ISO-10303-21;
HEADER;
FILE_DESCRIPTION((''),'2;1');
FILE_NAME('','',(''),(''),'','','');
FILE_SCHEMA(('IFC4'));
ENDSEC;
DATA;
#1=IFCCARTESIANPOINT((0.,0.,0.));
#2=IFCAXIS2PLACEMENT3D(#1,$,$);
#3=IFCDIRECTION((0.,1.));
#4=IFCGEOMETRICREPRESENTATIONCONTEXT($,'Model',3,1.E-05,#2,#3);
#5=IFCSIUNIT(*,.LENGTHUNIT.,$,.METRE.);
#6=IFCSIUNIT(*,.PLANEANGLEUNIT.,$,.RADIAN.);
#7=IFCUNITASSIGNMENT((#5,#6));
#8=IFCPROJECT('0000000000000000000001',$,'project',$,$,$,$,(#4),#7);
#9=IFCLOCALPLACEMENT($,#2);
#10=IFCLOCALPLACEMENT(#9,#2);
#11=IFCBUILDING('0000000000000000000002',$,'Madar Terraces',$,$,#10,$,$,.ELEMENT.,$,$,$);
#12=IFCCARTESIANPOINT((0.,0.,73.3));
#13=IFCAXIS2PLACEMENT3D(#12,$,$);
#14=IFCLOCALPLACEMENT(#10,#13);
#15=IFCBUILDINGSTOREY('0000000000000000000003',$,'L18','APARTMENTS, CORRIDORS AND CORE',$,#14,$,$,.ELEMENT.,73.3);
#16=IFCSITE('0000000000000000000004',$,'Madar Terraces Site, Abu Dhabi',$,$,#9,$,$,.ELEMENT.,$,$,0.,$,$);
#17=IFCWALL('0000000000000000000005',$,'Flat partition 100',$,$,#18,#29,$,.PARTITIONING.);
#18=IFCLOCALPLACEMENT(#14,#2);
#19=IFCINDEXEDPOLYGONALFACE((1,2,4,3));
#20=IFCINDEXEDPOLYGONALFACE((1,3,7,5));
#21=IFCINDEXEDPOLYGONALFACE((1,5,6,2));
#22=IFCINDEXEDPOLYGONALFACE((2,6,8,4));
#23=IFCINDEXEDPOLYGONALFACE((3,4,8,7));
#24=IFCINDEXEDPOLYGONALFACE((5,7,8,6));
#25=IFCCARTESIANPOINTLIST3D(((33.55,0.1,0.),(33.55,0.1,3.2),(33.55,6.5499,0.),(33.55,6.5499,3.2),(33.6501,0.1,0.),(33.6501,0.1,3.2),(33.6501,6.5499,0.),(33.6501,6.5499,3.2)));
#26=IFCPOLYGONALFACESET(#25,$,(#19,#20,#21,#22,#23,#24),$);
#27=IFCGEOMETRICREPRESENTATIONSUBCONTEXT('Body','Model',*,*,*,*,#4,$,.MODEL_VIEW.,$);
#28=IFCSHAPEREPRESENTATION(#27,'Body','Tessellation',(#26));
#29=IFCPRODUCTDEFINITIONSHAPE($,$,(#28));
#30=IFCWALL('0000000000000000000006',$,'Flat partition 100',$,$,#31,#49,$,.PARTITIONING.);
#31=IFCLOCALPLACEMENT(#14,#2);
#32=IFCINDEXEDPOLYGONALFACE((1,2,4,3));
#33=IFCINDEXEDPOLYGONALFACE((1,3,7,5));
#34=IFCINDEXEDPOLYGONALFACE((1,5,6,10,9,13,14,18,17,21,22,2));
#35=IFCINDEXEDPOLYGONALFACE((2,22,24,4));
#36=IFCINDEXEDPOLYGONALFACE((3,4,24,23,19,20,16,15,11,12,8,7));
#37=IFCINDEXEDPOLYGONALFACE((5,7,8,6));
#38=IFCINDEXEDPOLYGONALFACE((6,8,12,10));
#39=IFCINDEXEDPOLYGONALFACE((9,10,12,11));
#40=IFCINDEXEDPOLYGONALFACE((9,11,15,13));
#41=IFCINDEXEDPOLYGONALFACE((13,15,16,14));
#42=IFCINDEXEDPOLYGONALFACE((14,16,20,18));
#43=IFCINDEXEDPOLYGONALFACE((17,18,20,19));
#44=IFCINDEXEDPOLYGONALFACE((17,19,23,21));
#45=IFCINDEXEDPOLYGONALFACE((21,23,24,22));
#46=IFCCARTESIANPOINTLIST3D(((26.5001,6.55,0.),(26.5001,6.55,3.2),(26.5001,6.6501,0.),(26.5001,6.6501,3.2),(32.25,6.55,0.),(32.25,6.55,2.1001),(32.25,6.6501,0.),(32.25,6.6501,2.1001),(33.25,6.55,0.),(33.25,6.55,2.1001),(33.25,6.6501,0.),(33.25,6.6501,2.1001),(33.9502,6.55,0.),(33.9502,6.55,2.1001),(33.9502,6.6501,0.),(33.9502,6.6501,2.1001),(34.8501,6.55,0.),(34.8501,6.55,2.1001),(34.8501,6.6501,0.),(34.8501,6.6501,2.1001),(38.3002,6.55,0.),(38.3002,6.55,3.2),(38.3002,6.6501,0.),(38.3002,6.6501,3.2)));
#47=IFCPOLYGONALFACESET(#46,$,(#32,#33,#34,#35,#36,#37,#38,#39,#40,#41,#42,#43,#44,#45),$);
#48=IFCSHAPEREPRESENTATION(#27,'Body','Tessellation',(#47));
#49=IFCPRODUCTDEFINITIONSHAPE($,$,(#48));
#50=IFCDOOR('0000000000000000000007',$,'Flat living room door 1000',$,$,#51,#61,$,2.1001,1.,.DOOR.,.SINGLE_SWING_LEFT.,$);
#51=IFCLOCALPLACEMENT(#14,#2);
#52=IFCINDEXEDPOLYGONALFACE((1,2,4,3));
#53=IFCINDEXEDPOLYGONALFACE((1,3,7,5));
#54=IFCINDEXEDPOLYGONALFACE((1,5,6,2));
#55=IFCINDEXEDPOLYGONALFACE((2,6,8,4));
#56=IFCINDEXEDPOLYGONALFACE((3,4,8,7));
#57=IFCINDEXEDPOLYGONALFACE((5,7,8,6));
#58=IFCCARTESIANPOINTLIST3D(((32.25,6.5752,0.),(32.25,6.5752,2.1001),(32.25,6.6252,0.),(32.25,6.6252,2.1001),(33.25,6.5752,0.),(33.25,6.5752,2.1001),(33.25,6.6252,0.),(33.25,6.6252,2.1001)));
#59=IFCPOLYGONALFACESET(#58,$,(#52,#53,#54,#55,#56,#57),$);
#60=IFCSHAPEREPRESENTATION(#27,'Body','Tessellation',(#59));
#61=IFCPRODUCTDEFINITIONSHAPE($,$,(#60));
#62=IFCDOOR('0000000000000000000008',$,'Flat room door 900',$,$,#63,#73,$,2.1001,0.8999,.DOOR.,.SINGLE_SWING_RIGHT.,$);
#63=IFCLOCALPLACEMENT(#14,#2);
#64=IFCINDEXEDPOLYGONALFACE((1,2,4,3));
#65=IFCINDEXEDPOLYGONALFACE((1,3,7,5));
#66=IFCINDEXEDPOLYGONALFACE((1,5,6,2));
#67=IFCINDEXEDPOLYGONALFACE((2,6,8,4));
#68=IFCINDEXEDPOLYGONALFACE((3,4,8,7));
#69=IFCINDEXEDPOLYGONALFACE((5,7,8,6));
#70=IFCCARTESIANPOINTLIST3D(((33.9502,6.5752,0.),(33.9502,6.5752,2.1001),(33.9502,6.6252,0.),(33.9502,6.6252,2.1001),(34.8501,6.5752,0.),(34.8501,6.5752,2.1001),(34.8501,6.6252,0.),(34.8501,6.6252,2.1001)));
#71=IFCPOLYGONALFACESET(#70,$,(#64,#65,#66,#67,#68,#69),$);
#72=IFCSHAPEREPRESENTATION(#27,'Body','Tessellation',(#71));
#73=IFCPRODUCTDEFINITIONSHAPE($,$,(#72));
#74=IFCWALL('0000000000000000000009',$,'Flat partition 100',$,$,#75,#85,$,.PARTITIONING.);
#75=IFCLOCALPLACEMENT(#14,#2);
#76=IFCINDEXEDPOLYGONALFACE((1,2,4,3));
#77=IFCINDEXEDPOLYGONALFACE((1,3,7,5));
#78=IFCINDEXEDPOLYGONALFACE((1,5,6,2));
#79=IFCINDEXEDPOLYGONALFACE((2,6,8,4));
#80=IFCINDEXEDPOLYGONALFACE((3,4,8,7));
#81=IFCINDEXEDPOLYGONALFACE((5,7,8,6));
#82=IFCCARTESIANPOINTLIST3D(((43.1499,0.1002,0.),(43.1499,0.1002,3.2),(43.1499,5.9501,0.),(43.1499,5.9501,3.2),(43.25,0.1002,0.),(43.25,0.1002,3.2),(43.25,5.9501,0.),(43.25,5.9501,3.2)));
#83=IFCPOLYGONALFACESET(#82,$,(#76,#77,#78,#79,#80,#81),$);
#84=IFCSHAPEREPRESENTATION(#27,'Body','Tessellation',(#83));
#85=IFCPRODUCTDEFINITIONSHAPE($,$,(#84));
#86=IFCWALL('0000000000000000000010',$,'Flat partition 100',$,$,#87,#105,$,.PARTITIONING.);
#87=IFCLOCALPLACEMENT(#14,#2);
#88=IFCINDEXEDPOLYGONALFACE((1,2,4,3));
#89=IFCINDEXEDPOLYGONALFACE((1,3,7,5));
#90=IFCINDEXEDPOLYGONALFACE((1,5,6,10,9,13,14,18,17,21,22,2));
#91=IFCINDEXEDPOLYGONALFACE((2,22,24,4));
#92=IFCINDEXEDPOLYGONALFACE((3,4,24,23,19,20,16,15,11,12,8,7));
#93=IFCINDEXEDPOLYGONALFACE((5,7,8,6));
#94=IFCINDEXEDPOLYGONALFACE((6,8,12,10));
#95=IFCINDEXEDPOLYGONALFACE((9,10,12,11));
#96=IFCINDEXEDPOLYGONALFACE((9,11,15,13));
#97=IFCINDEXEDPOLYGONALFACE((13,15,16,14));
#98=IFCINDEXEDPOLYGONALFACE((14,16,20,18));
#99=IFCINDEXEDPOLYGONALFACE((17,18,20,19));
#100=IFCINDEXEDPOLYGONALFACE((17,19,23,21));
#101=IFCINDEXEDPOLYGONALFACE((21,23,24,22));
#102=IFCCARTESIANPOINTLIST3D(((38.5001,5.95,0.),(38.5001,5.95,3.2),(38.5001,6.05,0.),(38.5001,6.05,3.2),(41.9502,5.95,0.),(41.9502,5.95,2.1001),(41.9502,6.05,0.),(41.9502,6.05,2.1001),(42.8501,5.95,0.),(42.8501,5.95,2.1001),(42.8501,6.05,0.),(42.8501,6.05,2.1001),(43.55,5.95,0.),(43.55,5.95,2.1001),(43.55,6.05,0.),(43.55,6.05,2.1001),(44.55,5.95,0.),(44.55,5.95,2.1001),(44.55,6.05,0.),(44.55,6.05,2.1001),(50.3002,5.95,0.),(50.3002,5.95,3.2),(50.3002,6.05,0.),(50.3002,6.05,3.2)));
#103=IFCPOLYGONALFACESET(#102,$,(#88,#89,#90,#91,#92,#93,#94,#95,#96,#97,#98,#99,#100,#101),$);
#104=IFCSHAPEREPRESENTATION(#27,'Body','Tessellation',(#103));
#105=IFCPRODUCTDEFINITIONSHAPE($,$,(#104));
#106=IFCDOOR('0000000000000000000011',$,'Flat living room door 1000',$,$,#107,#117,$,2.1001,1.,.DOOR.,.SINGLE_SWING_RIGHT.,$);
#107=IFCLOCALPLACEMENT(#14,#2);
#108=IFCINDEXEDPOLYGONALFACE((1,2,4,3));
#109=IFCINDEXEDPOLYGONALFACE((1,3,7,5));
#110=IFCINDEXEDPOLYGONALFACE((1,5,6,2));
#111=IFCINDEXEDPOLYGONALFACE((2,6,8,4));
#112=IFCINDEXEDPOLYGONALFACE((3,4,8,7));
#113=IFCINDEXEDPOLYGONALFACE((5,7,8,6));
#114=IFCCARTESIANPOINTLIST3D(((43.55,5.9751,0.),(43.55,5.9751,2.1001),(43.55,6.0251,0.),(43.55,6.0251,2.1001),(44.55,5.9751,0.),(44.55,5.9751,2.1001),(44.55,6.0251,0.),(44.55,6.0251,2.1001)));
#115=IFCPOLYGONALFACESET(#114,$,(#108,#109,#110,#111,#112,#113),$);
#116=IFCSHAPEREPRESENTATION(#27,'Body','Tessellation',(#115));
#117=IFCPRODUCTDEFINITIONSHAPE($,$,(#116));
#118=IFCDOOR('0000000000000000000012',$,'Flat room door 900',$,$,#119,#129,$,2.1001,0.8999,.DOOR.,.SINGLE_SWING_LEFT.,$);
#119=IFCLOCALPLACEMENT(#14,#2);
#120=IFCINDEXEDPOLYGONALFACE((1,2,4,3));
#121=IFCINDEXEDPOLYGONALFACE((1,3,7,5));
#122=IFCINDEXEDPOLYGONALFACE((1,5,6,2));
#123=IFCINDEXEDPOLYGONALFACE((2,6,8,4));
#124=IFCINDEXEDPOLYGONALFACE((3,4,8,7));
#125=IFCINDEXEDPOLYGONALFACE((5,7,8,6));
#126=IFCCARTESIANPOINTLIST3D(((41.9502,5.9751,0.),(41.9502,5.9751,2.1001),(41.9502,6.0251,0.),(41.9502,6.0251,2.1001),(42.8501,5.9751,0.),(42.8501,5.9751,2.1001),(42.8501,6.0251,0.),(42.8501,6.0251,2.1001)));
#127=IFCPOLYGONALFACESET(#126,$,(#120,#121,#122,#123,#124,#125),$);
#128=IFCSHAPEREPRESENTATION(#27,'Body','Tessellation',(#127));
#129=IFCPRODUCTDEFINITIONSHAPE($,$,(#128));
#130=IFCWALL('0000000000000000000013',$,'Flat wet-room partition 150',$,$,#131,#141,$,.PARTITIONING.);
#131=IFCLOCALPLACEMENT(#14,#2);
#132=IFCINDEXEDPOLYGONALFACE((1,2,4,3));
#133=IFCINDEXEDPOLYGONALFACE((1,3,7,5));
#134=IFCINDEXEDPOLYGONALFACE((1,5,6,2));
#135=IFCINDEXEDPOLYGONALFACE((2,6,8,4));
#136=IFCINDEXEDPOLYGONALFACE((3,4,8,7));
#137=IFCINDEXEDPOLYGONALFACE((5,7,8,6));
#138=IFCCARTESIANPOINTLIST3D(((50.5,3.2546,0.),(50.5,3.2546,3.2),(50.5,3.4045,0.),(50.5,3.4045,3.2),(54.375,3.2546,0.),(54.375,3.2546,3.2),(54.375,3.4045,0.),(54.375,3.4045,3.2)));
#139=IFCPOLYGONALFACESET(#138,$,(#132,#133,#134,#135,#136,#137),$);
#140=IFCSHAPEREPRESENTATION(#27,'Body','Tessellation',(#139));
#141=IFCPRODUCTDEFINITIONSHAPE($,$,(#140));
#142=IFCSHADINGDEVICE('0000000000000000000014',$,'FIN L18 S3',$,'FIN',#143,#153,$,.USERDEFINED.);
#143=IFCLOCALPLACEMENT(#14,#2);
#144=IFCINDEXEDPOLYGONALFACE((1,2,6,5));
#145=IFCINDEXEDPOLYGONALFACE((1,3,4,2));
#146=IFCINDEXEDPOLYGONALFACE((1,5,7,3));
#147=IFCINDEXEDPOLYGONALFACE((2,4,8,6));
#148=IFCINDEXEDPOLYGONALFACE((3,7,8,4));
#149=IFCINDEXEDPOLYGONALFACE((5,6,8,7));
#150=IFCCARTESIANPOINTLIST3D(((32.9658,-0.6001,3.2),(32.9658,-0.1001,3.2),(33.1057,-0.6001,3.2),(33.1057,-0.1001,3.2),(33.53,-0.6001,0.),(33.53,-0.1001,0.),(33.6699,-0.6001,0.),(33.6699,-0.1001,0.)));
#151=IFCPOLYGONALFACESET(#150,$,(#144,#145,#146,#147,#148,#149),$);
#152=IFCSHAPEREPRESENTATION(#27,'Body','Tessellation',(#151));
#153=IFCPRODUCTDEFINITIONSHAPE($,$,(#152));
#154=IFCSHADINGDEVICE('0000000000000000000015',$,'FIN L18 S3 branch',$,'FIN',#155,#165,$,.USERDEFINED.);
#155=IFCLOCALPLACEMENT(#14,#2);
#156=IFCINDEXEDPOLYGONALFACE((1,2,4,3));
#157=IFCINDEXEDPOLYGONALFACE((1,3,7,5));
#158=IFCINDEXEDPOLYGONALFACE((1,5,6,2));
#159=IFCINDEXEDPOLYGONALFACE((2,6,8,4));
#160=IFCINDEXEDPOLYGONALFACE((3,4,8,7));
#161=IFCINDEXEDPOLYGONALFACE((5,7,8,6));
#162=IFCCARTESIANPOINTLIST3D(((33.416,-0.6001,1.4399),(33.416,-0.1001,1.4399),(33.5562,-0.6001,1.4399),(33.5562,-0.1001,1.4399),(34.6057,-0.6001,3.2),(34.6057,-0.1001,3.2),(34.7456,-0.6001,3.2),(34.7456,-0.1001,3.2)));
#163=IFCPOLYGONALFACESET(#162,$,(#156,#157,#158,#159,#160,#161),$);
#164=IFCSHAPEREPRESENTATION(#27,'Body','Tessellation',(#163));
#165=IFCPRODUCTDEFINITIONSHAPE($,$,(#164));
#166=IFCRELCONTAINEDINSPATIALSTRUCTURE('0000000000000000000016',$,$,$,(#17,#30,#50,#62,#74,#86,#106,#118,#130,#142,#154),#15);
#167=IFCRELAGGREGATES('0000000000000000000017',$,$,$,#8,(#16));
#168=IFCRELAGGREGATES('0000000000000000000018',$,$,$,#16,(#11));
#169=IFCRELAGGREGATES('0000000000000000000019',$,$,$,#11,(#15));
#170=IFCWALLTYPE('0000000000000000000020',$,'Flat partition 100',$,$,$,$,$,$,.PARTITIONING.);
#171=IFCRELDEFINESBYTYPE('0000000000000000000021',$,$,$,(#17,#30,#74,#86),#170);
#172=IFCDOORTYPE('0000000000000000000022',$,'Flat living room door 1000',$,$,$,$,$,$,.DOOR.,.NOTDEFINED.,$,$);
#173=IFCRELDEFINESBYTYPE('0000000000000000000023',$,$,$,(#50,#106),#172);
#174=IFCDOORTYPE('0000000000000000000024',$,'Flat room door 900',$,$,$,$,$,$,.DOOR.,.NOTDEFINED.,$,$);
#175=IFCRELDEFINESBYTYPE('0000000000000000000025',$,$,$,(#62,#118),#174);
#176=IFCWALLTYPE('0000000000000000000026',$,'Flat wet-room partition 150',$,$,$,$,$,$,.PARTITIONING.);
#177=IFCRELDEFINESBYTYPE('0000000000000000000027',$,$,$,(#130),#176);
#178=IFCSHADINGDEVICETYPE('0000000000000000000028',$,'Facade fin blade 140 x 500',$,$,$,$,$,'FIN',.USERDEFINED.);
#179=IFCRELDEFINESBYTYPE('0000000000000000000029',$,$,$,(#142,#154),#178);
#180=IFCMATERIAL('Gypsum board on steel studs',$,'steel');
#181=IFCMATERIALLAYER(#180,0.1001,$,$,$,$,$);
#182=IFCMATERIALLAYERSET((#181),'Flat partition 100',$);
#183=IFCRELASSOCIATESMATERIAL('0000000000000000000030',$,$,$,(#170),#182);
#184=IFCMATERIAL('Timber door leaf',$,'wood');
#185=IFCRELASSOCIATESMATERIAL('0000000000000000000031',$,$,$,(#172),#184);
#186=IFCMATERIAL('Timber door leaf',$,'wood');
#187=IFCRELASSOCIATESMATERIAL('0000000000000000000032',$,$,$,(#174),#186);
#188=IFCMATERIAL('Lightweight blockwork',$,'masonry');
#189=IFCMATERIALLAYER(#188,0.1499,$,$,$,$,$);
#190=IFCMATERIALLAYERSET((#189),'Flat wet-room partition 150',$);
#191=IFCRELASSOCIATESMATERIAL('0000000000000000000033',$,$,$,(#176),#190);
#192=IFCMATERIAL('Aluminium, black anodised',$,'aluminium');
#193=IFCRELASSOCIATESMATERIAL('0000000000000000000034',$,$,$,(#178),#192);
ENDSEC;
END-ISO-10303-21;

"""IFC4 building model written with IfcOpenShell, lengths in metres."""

from ifc_helpers import new_model, si_unit, direction, frame, frame_2d, origin, place, context, subcontext, project, spatial, polyline, rectangle, outline, extrude, material, layer, layer_set, type_object, element, fill, save


model = new_model("IFC4")

# Units and contexts
model_context = context("Model", 3, precision=1e-05, world=origin(), true_north=direction((0.0, 1.0)))
body_context = subcontext(model_context, "Body", "Model", "MODEL_VIEW")
ifc_project = project(units=[si_unit("LENGTHUNIT", "METRE"), si_unit("PLANEANGLEUNIT", "RADIAN")], contexts=[model_context])

# Site, building, storey
site_placement = place(None, origin())
site = spatial("IfcSite", under=ifc_project, at=site_placement, Name="Madar Terraces Site, Abu Dhabi", CompositionType="ELEMENT", RefElevation=0.0)
building_placement = place(site_placement, origin())
building = spatial("IfcBuilding", under=site, at=building_placement, Name="Madar Terraces", CompositionType="ELEMENT")
storey_placement = place(building_placement, frame((0.0, 0.0, 73.3)))
storey = spatial("IfcBuildingStorey", under=building, at=storey_placement, Name="L18", Description="APARTMENTS, CORRIDORS AND CORE", CompositionType="ELEMENT", Elevation=73.3)

# Wall
ifc_material_1 = material(Name="Gypsum board on steel studs", Category="steel")
ifc_layer_1 = layer(ifc_material_1, 0.1001)
ifc_layer_set_1 = layer_set([ifc_layer_1], Name="Flat partition 100")
wall_type_1 = type_object("IfcWallType", Name="Flat partition 100", PredefinedType="PARTITIONING", material=ifc_layer_set_1)
wall_1_placement = place(storey_placement, frame((33.6001, 6.55, 0.0), z_axis=(0.0, 0.0, 1.0), x_axis=(0.0, -1.0, 0.0)))
element("IfcWall", 1, at=wall_1_placement, inside=storey, type_object=wall_type_1, Name="Flat partition 100", PredefinedType="PARTITIONING", context=body_context, shape_type="SweptSolid", body=[
    extrude(rectangle(XDim=6.45, YDim=0.1001, at=frame_2d((3.2251, 0.0))), origin(), (0.0, 0.0, 1.0), 3.2),
])

# Wall, openings, doors
wall_2_placement = place(storey_placement, frame((38.3, 6.6001, 0.0), z_axis=(0.0, 0.0, 1.0), x_axis=(-1.0, 0.0, 0.0)))
wall_2 = element("IfcWall", 2, at=wall_2_placement, inside=storey, type_object=wall_type_1, Name="Flat partition 100", PredefinedType="PARTITIONING", context=body_context, shape_type="SweptSolid", body=[
    extrude(rectangle(XDim=11.8, YDim=0.1001, at=frame_2d((5.8999, 0.0))), origin(), (0.0, 0.0, 1.0), 3.2),
])
opening_1_placement = place(wall_2_placement, frame((5.05, 0.0, 0.0)))
opening_1 = element("IfcOpeningElement", 3, at=opening_1_placement, cuts=wall_2, PredefinedType="OPENING", context=body_context, shape_type="SweptSolid", body=[
    extrude(rectangle(XDim=1.0, YDim=2.1001, at=frame_2d((0.5, 1.05))), frame((0.0, 0.0601, 0.0), z_axis=(0.0, -1.0, 0.0), x_axis=(1.0, 0.0, 0.0)), (0.0, 0.0, 1.0), 0.1201),
])
opening_2_placement = place(wall_2_placement, frame((3.45, 0.0, 0.0)))
opening_2 = element("IfcOpeningElement", 4, at=opening_2_placement, cuts=wall_2, PredefinedType="OPENING", context=body_context, shape_type="SweptSolid", body=[
    extrude(rectangle(XDim=0.8999, YDim=2.1001, at=frame_2d((0.45, 1.05))), frame((0.0, 0.0601, 0.0), z_axis=(0.0, -1.0, 0.0), x_axis=(1.0, 0.0, 0.0)), (0.0, 0.0, 1.0), 0.1201),
])
ifc_material_2 = material(Name="Timber door leaf", Category="wood")
door_type_1 = type_object("IfcDoorType", Name="Flat living room door 1000", OperationType="NOTDEFINED", PredefinedType="DOOR", material=ifc_material_2)
door_1_placement = place(opening_1_placement, origin())
door_1 = element("IfcDoor", 5, at=door_1_placement, inside=storey, type_object=door_type_1, Name="Flat living room door 1000", OperationType="SINGLE_SWING_LEFT", OverallHeight=2.1001, OverallWidth=1.0, PredefinedType="DOOR", context=body_context, shape_type="SweptSolid", body=[
    extrude(rectangle(XDim=1.0, YDim=2.1001, at=frame_2d((0.5, 1.05))), frame((0.0, 0.0249, 0.0), z_axis=(0.0, -1.0, 0.0), x_axis=(1.0, 0.0, 0.0)), (0.0, 0.0, 1.0), 0.05),
])
fill(opening_1, door_1)
ifc_material_3 = material(Name="Timber door leaf", Category="wood")
door_type_2 = type_object("IfcDoorType", Name="Flat room door 900", OperationType="NOTDEFINED", PredefinedType="DOOR", material=ifc_material_3)
door_2_placement = place(opening_2_placement, origin())
door_2 = element("IfcDoor", 6, at=door_2_placement, inside=storey, type_object=door_type_2, Name="Flat room door 900", OperationType="SINGLE_SWING_RIGHT", OverallHeight=2.1001, OverallWidth=0.8999, PredefinedType="DOOR", context=body_context, shape_type="SweptSolid", body=[
    extrude(rectangle(XDim=0.8999, YDim=2.1001, at=frame_2d((0.45, 1.05))), frame((0.0, 0.0249, 0.0), z_axis=(0.0, -1.0, 0.0), x_axis=(1.0, 0.0, 0.0)), (0.0, 0.0, 1.0), 0.05),
])
fill(opening_2, door_2)

# Wall
wall_3_placement = place(storey_placement, frame((43.2, 5.95, 0.0), z_axis=(0.0, 0.0, 1.0), x_axis=(0.0, -1.0, 0.0)))
element("IfcWall", 7, at=wall_3_placement, inside=storey, type_object=wall_type_1, Name="Flat partition 100", PredefinedType="PARTITIONING", context=body_context, shape_type="SweptSolid", body=[
    extrude(rectangle(XDim=5.8499, YDim=0.1001, at=frame_2d((2.9248, 0.0))), origin(), (0.0, 0.0, 1.0), 3.2),
])

# Wall, openings, doors
wall_4_placement = place(storey_placement, frame((50.3, 6.0, 0.0), z_axis=(0.0, 0.0, 1.0), x_axis=(-1.0, 0.0, 0.0)))
wall_4 = element("IfcWall", 8, at=wall_4_placement, inside=storey, type_object=wall_type_1, Name="Flat partition 100", PredefinedType="PARTITIONING", context=body_context, shape_type="SweptSolid", body=[
    extrude(rectangle(XDim=11.8, YDim=0.1001, at=frame_2d((5.8999, 0.0))), origin(), (0.0, 0.0, 1.0), 3.2),
])
opening_3_placement = place(wall_4_placement, frame((5.75, 0.0, 0.0)))
opening_3 = element("IfcOpeningElement", 9, at=opening_3_placement, cuts=wall_4, PredefinedType="OPENING", context=body_context, shape_type="SweptSolid", body=[
    extrude(rectangle(XDim=1.0, YDim=2.1001, at=frame_2d((0.5, 1.05))), frame((0.0, 0.0601, 0.0), z_axis=(0.0, -1.0, 0.0), x_axis=(1.0, 0.0, 0.0)), (0.0, 0.0, 1.0), 0.1201),
])
opening_4_placement = place(wall_4_placement, frame((7.45, 0.0, 0.0)))
opening_4 = element("IfcOpeningElement", 10, at=opening_4_placement, cuts=wall_4, PredefinedType="OPENING", context=body_context, shape_type="SweptSolid", body=[
    extrude(rectangle(XDim=0.8999, YDim=2.1001, at=frame_2d((0.45, 1.05))), frame((0.0, 0.0601, 0.0), z_axis=(0.0, -1.0, 0.0), x_axis=(1.0, 0.0, 0.0)), (0.0, 0.0, 1.0), 0.1201),
])
door_3_placement = place(opening_3_placement, origin())
door_3 = element("IfcDoor", 11, at=door_3_placement, inside=storey, type_object=door_type_1, Name="Flat living room door 1000", OperationType="SINGLE_SWING_RIGHT", OverallHeight=2.1001, OverallWidth=1.0, PredefinedType="DOOR", context=body_context, shape_type="SweptSolid", body=[
    extrude(rectangle(XDim=1.0, YDim=2.1001, at=frame_2d((0.5, 1.05))), frame((0.0, 0.0249, 0.0), z_axis=(0.0, -1.0, 0.0), x_axis=(1.0, 0.0, 0.0)), (0.0, 0.0, 1.0), 0.05),
])
fill(opening_3, door_3)
door_4_placement = place(opening_4_placement, origin())
door_4 = element("IfcDoor", 12, at=door_4_placement, inside=storey, type_object=door_type_2, Name="Flat room door 900", OperationType="SINGLE_SWING_LEFT", OverallHeight=2.1001, OverallWidth=0.8999, PredefinedType="DOOR", context=body_context, shape_type="SweptSolid", body=[
    extrude(rectangle(XDim=0.8999, YDim=2.1001, at=frame_2d((0.45, 1.05))), frame((0.0, 0.0249, 0.0), z_axis=(0.0, -1.0, 0.0), x_axis=(1.0, 0.0, 0.0)), (0.0, 0.0, 1.0), 0.05),
])
fill(opening_4, door_4)

# Wall
ifc_material_4 = material(Name="Lightweight blockwork", Category="masonry")
ifc_layer_2 = layer(ifc_material_4, 0.1499)
ifc_layer_set_2 = layer_set([ifc_layer_2], Name="Flat wet-room partition 150")
wall_type_2 = type_object("IfcWallType", Name="Flat wet-room partition 150", PredefinedType="PARTITIONING", material=ifc_layer_set_2)
wall_5_placement = place(storey_placement, frame((50.5, 3.3296, 0.0), z_axis=(0.0, 0.0, 1.0), x_axis=(1.0, 0.0, 0.0)))
element("IfcWall", 13, at=wall_5_placement, inside=storey, type_object=wall_type_2, Name="Flat wet-room partition 150", PredefinedType="PARTITIONING", context=body_context, shape_type="SweptSolid", body=[
    extrude(rectangle(XDim=3.875, YDim=0.1499, at=frame_2d((1.9375, 0.0))), origin(), (0.0, 0.0, 1.0), 3.2),
])

# Shading devices
ifc_material_5 = material(Name="Aluminium, black anodised", Category="aluminium")
shading_device_type = type_object("IfcShadingDeviceType", Name="Facade fin blade 140 x 500", ElementType="FIN", PredefinedType="USERDEFINED", material=ifc_material_5)
shading_device_1_placement = place(storey_placement, frame((33.53, -0.3501, 0.0), z_axis=(0.0, 0.0, 1.0), x_axis=(1.0, 0.0, 0.0)))
element("IfcShadingDevice", 14, at=shading_device_1_placement, inside=storey, type_object=shading_device_type, Name="FIN L18 S3", ObjectType="FIN", PredefinedType="USERDEFINED", context=body_context, shape_type="SweptSolid", body=[
    extrude(outline(polyline([(0.0, 0.0), (0.1399, 0.0), (-0.4243, 3.2), (-0.5642, 3.2), (0.0, 0.0)])), frame((0.0, 0.25, 0.0), z_axis=(0.0, -1.0, 0.0), x_axis=(1.0, 0.0, 0.0)), (0.0, 0.0, 1.0), 0.5),
])
shading_device_2_placement = place(storey_placement, frame((33.416, -0.3501, 1.4399), z_axis=(0.0, 0.0, 1.0), x_axis=(1.0, 0.0, 0.0)))
element("IfcShadingDevice", 15, at=shading_device_2_placement, inside=storey, type_object=shading_device_type, Name="FIN L18 S3 branch", ObjectType="FIN", PredefinedType="USERDEFINED", context=body_context, shape_type="SweptSolid", body=[
    extrude(outline(polyline([(0.0, 0.0), (0.1401, 0.0), (1.3296, 1.76), (1.1897, 1.76), (0.0, 0.0)])), frame((0.0, 0.25, 0.0), z_axis=(0.0, -1.0, 0.0), x_axis=(1.0, 0.0, 0.0)), (0.0, 0.0, 1.0), 0.5),
])

save(model, "model.ifc")
